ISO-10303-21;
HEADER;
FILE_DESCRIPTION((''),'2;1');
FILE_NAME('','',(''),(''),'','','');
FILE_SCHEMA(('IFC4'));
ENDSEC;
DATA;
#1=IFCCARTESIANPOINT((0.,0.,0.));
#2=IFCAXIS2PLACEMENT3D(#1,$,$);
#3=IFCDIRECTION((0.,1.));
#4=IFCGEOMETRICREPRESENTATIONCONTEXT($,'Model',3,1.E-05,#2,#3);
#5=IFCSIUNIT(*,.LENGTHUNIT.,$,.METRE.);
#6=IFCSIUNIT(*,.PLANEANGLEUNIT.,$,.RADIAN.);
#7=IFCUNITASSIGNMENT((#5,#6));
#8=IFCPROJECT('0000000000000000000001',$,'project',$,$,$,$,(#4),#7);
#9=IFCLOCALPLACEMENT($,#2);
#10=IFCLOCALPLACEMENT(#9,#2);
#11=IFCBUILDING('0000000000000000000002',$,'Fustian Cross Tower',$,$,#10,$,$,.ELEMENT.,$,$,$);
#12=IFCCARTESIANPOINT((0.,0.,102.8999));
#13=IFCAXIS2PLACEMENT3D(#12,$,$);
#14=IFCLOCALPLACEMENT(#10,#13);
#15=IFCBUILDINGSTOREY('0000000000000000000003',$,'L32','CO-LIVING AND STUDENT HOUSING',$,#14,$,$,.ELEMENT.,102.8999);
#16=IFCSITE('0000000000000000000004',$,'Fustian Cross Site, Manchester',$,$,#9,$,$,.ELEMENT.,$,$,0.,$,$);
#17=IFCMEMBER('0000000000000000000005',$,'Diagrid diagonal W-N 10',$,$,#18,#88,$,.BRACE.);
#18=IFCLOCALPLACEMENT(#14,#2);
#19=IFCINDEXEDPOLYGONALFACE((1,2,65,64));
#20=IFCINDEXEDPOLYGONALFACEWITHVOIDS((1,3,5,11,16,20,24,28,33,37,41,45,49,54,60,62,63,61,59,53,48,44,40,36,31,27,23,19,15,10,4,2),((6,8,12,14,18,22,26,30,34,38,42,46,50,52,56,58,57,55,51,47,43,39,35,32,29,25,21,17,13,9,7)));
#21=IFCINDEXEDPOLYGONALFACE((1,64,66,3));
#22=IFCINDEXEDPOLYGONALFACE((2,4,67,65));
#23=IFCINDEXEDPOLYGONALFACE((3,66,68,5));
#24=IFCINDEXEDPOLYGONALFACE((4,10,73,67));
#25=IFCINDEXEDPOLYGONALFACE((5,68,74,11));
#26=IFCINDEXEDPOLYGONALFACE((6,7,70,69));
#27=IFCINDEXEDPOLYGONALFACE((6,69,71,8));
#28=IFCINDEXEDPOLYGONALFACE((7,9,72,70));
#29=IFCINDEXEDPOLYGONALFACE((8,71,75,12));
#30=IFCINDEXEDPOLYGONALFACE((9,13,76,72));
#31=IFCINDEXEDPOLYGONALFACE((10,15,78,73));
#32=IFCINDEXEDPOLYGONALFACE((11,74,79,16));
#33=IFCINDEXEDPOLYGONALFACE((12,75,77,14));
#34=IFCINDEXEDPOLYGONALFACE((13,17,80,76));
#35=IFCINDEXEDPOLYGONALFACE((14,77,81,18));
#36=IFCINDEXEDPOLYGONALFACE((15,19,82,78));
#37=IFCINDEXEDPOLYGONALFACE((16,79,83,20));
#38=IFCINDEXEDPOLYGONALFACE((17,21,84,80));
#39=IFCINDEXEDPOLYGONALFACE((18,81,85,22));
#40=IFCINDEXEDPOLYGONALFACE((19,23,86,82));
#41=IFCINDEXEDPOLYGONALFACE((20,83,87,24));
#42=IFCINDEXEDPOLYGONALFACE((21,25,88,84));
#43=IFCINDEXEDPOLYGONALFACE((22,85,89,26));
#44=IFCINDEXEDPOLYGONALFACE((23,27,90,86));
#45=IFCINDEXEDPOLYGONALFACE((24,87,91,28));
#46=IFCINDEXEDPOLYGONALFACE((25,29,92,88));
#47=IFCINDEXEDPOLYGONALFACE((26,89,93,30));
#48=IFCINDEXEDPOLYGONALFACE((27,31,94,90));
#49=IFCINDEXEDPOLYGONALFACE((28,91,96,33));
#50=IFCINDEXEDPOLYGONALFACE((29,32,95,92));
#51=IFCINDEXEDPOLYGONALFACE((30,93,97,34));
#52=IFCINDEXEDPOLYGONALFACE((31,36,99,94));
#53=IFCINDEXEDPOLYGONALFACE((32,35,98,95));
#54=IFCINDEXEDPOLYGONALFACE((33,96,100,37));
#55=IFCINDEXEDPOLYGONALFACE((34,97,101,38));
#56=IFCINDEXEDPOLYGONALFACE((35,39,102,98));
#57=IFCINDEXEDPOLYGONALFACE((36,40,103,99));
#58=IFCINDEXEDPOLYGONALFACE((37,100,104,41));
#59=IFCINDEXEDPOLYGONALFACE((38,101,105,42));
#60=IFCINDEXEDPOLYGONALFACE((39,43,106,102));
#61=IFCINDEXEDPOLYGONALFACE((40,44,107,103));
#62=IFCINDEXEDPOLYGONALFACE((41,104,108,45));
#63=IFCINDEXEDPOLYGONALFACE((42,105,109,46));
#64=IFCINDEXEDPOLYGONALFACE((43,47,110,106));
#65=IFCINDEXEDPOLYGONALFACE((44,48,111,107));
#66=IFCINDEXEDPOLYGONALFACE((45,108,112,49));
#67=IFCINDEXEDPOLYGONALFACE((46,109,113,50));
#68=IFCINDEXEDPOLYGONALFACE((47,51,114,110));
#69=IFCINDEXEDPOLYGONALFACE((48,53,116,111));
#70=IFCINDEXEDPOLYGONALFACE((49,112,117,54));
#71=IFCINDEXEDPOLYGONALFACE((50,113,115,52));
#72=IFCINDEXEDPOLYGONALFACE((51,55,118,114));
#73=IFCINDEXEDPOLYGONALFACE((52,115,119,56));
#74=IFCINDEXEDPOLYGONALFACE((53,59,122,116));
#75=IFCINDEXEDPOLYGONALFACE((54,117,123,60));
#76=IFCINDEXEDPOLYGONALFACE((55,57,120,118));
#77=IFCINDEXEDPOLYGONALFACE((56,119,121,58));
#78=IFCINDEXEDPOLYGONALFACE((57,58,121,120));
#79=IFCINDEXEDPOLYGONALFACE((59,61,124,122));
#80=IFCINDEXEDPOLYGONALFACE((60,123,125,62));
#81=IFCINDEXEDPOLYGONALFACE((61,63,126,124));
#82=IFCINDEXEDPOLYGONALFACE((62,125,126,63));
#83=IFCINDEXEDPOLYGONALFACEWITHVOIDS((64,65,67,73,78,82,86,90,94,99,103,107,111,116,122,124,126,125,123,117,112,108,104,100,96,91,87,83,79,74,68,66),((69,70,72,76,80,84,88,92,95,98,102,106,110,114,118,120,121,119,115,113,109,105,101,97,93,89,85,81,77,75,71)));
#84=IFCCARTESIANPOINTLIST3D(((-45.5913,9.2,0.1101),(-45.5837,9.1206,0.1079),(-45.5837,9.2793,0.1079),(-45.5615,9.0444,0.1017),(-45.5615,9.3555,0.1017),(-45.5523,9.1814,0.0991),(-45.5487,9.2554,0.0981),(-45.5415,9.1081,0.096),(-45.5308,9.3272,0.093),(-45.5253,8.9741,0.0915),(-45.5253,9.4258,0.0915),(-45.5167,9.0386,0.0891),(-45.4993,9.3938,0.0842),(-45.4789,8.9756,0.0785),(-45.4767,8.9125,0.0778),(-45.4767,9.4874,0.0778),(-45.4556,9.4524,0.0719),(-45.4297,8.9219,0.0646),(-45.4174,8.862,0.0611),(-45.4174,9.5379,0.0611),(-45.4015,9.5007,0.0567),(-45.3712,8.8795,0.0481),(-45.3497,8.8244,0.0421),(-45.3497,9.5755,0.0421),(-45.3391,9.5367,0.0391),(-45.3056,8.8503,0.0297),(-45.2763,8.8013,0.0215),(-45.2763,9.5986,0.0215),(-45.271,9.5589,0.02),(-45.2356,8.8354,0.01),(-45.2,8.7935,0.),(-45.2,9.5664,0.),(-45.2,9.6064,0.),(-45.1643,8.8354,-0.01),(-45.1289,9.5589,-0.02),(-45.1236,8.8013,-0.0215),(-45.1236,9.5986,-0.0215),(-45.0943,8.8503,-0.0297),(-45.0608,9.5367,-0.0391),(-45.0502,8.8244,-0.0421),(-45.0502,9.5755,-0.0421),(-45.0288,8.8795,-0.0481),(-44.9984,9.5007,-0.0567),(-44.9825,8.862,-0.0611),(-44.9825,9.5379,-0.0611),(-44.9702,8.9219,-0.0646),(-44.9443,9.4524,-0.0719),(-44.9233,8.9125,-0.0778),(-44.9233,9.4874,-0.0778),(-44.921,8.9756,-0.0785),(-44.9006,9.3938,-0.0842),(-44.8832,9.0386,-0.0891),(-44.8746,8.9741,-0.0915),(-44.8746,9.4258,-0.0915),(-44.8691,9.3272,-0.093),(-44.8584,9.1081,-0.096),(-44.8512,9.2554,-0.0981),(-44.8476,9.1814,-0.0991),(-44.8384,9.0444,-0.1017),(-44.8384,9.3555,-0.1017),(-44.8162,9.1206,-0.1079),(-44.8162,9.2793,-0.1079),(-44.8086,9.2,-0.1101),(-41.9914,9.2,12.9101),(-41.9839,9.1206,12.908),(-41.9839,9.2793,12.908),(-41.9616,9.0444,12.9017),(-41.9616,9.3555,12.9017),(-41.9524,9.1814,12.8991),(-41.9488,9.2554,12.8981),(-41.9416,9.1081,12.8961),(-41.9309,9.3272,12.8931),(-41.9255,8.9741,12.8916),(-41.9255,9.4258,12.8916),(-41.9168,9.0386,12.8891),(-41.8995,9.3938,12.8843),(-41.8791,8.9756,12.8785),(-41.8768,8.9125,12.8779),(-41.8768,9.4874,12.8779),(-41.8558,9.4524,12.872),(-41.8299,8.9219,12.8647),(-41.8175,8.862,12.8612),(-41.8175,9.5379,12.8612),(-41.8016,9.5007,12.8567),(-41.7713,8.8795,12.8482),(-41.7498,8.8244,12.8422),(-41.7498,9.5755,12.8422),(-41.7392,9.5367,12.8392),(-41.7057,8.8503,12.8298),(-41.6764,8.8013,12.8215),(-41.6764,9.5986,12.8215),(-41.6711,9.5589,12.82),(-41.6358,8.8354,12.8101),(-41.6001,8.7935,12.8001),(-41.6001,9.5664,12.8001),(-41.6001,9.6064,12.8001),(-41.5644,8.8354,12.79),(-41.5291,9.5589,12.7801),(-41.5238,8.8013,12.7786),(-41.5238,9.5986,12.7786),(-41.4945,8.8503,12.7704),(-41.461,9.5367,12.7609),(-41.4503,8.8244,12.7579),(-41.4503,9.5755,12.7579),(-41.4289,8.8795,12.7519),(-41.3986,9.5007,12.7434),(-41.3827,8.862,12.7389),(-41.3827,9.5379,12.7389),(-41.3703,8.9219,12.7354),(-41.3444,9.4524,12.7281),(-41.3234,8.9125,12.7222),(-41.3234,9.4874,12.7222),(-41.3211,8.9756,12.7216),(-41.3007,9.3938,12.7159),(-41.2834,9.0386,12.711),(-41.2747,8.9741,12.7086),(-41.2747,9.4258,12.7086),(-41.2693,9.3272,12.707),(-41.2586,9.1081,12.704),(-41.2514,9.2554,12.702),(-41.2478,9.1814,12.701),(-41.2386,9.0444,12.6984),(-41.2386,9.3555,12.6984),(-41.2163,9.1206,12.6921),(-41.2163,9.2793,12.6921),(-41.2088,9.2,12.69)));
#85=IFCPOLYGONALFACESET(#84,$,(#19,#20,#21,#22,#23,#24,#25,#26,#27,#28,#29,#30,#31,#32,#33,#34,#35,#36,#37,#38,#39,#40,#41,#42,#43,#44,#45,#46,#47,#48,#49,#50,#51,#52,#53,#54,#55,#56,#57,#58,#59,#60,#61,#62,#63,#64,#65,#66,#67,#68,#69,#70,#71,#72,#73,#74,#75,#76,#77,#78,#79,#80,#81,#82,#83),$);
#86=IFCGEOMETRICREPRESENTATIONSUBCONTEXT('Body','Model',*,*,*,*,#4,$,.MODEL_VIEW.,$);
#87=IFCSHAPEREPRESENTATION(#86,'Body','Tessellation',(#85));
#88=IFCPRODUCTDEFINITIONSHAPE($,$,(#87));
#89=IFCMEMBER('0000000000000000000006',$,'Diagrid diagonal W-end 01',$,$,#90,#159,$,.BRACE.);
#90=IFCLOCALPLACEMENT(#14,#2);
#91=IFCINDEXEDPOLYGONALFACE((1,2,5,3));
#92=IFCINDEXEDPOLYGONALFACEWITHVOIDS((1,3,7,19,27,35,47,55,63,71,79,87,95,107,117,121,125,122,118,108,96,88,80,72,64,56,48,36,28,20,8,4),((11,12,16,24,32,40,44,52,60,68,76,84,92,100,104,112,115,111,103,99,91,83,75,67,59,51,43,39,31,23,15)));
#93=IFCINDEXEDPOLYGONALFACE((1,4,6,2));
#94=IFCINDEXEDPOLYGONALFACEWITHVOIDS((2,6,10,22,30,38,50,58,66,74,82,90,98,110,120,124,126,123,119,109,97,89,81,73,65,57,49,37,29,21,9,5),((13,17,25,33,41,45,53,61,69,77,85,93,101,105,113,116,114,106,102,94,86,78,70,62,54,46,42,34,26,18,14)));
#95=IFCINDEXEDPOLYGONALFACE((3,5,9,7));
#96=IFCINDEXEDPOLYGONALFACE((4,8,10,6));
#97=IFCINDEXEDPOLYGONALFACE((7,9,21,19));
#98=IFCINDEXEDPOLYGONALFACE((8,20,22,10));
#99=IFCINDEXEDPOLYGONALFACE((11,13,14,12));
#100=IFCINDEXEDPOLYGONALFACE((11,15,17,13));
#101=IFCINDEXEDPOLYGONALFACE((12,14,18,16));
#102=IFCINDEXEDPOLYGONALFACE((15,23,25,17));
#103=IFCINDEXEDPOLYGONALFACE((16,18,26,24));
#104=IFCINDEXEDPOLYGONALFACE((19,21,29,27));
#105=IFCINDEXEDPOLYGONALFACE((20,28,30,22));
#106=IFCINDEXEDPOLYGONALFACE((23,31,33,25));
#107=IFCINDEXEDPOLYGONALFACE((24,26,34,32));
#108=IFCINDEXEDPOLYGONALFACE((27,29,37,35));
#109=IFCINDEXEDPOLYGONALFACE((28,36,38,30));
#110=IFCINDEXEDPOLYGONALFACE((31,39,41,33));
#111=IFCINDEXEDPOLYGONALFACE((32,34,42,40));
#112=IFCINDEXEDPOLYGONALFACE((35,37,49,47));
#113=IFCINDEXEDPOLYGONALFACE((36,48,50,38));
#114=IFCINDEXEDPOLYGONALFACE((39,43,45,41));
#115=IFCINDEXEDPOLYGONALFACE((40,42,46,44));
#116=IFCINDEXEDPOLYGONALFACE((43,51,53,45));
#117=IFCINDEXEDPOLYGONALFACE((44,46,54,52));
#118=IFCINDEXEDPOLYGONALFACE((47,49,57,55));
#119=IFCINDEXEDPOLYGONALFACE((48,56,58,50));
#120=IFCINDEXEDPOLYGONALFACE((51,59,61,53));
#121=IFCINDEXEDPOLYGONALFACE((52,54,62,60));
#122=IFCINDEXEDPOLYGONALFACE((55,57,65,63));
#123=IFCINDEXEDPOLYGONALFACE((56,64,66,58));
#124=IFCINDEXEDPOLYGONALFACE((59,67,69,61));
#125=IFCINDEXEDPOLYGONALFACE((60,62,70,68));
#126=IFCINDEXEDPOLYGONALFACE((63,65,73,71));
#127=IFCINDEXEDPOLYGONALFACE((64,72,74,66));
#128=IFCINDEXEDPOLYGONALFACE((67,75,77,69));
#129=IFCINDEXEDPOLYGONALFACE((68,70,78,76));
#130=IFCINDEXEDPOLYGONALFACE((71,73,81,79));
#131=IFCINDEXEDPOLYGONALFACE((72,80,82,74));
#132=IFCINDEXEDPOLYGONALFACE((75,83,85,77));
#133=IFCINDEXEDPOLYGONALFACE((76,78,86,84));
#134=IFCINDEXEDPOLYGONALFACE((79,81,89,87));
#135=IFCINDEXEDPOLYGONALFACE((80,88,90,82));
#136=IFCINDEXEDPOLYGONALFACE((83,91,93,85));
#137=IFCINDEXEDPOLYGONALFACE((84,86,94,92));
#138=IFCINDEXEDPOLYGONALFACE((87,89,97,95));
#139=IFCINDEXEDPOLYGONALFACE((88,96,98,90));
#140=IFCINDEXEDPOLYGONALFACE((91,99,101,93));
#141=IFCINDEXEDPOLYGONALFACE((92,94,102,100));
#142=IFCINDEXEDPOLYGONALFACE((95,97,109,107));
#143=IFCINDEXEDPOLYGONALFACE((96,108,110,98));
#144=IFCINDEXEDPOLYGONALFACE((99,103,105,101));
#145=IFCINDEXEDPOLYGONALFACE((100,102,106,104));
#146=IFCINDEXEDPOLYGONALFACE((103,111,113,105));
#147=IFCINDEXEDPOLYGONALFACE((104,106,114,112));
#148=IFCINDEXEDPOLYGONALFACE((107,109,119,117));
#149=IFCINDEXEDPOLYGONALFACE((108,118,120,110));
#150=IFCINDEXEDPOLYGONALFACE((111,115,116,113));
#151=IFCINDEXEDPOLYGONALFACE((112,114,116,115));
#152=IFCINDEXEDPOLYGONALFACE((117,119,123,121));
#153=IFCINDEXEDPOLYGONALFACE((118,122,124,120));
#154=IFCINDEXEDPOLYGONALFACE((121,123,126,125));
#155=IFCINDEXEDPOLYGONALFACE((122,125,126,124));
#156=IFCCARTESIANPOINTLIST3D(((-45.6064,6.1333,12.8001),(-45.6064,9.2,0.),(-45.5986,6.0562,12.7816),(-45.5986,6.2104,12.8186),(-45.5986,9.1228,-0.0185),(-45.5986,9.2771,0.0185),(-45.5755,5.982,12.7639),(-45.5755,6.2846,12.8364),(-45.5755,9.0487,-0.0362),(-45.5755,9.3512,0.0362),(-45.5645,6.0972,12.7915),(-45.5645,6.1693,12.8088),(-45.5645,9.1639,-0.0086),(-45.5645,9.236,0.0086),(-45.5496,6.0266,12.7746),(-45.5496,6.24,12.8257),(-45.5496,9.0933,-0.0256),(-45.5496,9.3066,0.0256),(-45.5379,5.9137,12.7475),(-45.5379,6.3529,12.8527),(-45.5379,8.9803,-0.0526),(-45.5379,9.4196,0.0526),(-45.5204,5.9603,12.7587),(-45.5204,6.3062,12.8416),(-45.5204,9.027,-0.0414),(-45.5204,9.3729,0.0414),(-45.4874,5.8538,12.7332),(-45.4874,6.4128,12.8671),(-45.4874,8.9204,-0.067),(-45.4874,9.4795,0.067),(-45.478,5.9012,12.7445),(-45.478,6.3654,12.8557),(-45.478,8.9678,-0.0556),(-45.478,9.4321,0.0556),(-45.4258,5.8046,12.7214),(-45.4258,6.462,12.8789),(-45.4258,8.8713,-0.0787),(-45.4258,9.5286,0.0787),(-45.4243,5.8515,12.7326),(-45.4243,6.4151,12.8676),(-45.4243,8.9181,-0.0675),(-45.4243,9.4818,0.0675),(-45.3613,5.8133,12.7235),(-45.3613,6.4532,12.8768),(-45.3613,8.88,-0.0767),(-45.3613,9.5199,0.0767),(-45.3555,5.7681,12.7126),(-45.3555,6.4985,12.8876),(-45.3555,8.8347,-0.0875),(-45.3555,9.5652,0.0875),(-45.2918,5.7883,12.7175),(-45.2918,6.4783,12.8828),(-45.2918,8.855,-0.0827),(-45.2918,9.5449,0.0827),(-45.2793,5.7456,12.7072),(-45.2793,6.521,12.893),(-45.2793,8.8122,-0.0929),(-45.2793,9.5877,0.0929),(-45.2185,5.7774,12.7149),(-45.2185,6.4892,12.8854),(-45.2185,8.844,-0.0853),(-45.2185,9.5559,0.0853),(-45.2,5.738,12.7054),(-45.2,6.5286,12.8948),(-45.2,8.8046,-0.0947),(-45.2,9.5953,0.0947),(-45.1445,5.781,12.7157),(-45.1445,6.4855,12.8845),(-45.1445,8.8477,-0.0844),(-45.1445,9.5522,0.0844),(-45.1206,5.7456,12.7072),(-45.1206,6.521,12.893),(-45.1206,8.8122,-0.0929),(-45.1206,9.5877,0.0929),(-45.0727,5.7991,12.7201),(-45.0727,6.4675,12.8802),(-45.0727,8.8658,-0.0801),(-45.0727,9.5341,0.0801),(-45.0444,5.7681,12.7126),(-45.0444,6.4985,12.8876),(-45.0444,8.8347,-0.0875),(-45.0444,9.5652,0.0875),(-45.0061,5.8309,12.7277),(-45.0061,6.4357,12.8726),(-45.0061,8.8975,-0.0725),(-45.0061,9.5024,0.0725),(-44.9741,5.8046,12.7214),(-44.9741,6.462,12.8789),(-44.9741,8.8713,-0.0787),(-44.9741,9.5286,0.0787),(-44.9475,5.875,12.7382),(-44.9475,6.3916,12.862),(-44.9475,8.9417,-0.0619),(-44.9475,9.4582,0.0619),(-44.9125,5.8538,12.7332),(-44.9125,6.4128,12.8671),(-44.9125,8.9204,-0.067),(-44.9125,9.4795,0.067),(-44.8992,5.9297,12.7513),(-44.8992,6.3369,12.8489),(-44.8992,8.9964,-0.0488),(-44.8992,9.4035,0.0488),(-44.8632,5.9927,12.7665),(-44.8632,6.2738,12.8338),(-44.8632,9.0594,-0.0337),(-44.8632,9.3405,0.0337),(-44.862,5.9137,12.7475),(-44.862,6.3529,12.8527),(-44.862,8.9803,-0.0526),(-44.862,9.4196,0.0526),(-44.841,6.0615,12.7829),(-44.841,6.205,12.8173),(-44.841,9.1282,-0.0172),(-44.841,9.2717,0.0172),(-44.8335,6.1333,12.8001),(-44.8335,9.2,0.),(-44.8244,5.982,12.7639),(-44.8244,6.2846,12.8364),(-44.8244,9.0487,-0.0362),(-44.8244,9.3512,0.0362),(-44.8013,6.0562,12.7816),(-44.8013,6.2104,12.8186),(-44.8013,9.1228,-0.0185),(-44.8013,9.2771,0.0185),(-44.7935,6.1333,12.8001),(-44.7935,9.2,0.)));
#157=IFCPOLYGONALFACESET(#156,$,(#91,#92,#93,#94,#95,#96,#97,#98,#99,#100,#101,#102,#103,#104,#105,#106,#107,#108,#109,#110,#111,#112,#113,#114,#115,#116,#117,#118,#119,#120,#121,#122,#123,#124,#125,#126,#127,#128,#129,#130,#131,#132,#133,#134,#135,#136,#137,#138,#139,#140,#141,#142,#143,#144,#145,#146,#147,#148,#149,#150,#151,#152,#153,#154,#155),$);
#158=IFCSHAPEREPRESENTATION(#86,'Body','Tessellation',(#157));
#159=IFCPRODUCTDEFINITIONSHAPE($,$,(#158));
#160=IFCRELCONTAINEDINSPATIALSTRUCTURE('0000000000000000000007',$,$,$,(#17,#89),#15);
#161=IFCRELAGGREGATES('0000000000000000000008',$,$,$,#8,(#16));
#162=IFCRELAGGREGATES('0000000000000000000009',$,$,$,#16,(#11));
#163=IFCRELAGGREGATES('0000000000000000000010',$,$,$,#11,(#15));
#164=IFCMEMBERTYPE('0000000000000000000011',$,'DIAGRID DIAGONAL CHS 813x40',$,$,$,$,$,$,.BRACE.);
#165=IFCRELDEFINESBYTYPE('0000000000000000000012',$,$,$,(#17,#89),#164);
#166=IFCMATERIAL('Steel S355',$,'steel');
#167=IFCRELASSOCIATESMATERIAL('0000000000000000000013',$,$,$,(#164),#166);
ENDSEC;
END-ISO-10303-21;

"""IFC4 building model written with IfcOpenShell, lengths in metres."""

from ifc_helpers import new_model, si_unit, direction, frame, origin, origin_2d, place, context, subcontext, project, spatial, hollow_circle, extrude, material, material_profile, profile_set, type_object, element, save


model = new_model("IFC4")

# Units and contexts
model_context = context("Model", 3, precision=1e-05, world=origin(), true_north=direction((0.0, 1.0)))
body_context = subcontext(model_context, "Body", "Model", "MODEL_VIEW")
ifc_project = project(units=[si_unit("LENGTHUNIT", "METRE"), si_unit("PLANEANGLEUNIT", "RADIAN")], contexts=[model_context])

# Site, building, storey
site_placement = place(None, origin())
site = spatial("IfcSite", under=ifc_project, at=site_placement, Name="Fustian Cross Site, Manchester", CompositionType="ELEMENT", RefElevation=0.0)
building_placement = place(site_placement, origin())
building = spatial("IfcBuilding", under=site, at=building_placement, Name="Fustian Cross Tower", CompositionType="ELEMENT")
storey_placement = place(building_placement, frame((0.0, 0.0, 102.8999)))
storey = spatial("IfcBuildingStorey", under=building, at=storey_placement, Name="L32", Description="CO-LIVING AND STUDENT HOUSING", CompositionType="ELEMENT", Elevation=102.8999)

# Members
ifc_material_1 = material(Name="Steel S355", Category="steel")
ifc_material_profile_1 = material_profile(ifc_material_1, hollow_circle(Radius=0.4065, WallThickness=0.04, at=origin_2d()), Name="CHS 813x40")
ifc_profile_set_1 = profile_set([ifc_material_profile_1], Name="Steel S355")
member_type_1 = type_object("IfcMemberType", Name="DIAGRID DIAGONAL CHS 813x40", PredefinedType="BRACE", material=ifc_profile_set_1)
member_placement = place(storey_placement, frame((-45.2, 9.2, 0.0), z_axis=(0.270734, 0.0, 0.962654), x_axis=(0.0, 1.0, 0.0)))
element("IfcMember", 1, at=member_placement, inside=storey, type_object=member_type_1, Name="Diagrid diagonal W-N 10", PredefinedType="BRACE", context=body_context, shape_type="SweptSolid", body=[
    extrude(hollow_circle(Radius=0.4065, WallThickness=0.04, at=origin_2d()), origin(), (0.0, 0.0, 1.0), 13.2966),
])
for number, where, z_axis, x_axis, name in (
    (2, (-45.2, 9.2, 0.0), (0.0, -0.232988, 0.97248), (1.0, 0.0, 0.0), "Diagrid diagonal W-end 01"),
):
    element("IfcMember", number, at=place(storey_placement, frame(where, z_axis=z_axis, x_axis=x_axis)), inside=storey, type_object=member_type_1, Name=name, PredefinedType="BRACE", context=body_context, shape_type="SweptSolid", body=[
        extrude(hollow_circle(Radius=0.4065, WallThickness=0.04, at=origin_2d()), origin(), (0.0, 0.0, 1.0), 13.1624),
    ])

save(model, "model.ifc")
